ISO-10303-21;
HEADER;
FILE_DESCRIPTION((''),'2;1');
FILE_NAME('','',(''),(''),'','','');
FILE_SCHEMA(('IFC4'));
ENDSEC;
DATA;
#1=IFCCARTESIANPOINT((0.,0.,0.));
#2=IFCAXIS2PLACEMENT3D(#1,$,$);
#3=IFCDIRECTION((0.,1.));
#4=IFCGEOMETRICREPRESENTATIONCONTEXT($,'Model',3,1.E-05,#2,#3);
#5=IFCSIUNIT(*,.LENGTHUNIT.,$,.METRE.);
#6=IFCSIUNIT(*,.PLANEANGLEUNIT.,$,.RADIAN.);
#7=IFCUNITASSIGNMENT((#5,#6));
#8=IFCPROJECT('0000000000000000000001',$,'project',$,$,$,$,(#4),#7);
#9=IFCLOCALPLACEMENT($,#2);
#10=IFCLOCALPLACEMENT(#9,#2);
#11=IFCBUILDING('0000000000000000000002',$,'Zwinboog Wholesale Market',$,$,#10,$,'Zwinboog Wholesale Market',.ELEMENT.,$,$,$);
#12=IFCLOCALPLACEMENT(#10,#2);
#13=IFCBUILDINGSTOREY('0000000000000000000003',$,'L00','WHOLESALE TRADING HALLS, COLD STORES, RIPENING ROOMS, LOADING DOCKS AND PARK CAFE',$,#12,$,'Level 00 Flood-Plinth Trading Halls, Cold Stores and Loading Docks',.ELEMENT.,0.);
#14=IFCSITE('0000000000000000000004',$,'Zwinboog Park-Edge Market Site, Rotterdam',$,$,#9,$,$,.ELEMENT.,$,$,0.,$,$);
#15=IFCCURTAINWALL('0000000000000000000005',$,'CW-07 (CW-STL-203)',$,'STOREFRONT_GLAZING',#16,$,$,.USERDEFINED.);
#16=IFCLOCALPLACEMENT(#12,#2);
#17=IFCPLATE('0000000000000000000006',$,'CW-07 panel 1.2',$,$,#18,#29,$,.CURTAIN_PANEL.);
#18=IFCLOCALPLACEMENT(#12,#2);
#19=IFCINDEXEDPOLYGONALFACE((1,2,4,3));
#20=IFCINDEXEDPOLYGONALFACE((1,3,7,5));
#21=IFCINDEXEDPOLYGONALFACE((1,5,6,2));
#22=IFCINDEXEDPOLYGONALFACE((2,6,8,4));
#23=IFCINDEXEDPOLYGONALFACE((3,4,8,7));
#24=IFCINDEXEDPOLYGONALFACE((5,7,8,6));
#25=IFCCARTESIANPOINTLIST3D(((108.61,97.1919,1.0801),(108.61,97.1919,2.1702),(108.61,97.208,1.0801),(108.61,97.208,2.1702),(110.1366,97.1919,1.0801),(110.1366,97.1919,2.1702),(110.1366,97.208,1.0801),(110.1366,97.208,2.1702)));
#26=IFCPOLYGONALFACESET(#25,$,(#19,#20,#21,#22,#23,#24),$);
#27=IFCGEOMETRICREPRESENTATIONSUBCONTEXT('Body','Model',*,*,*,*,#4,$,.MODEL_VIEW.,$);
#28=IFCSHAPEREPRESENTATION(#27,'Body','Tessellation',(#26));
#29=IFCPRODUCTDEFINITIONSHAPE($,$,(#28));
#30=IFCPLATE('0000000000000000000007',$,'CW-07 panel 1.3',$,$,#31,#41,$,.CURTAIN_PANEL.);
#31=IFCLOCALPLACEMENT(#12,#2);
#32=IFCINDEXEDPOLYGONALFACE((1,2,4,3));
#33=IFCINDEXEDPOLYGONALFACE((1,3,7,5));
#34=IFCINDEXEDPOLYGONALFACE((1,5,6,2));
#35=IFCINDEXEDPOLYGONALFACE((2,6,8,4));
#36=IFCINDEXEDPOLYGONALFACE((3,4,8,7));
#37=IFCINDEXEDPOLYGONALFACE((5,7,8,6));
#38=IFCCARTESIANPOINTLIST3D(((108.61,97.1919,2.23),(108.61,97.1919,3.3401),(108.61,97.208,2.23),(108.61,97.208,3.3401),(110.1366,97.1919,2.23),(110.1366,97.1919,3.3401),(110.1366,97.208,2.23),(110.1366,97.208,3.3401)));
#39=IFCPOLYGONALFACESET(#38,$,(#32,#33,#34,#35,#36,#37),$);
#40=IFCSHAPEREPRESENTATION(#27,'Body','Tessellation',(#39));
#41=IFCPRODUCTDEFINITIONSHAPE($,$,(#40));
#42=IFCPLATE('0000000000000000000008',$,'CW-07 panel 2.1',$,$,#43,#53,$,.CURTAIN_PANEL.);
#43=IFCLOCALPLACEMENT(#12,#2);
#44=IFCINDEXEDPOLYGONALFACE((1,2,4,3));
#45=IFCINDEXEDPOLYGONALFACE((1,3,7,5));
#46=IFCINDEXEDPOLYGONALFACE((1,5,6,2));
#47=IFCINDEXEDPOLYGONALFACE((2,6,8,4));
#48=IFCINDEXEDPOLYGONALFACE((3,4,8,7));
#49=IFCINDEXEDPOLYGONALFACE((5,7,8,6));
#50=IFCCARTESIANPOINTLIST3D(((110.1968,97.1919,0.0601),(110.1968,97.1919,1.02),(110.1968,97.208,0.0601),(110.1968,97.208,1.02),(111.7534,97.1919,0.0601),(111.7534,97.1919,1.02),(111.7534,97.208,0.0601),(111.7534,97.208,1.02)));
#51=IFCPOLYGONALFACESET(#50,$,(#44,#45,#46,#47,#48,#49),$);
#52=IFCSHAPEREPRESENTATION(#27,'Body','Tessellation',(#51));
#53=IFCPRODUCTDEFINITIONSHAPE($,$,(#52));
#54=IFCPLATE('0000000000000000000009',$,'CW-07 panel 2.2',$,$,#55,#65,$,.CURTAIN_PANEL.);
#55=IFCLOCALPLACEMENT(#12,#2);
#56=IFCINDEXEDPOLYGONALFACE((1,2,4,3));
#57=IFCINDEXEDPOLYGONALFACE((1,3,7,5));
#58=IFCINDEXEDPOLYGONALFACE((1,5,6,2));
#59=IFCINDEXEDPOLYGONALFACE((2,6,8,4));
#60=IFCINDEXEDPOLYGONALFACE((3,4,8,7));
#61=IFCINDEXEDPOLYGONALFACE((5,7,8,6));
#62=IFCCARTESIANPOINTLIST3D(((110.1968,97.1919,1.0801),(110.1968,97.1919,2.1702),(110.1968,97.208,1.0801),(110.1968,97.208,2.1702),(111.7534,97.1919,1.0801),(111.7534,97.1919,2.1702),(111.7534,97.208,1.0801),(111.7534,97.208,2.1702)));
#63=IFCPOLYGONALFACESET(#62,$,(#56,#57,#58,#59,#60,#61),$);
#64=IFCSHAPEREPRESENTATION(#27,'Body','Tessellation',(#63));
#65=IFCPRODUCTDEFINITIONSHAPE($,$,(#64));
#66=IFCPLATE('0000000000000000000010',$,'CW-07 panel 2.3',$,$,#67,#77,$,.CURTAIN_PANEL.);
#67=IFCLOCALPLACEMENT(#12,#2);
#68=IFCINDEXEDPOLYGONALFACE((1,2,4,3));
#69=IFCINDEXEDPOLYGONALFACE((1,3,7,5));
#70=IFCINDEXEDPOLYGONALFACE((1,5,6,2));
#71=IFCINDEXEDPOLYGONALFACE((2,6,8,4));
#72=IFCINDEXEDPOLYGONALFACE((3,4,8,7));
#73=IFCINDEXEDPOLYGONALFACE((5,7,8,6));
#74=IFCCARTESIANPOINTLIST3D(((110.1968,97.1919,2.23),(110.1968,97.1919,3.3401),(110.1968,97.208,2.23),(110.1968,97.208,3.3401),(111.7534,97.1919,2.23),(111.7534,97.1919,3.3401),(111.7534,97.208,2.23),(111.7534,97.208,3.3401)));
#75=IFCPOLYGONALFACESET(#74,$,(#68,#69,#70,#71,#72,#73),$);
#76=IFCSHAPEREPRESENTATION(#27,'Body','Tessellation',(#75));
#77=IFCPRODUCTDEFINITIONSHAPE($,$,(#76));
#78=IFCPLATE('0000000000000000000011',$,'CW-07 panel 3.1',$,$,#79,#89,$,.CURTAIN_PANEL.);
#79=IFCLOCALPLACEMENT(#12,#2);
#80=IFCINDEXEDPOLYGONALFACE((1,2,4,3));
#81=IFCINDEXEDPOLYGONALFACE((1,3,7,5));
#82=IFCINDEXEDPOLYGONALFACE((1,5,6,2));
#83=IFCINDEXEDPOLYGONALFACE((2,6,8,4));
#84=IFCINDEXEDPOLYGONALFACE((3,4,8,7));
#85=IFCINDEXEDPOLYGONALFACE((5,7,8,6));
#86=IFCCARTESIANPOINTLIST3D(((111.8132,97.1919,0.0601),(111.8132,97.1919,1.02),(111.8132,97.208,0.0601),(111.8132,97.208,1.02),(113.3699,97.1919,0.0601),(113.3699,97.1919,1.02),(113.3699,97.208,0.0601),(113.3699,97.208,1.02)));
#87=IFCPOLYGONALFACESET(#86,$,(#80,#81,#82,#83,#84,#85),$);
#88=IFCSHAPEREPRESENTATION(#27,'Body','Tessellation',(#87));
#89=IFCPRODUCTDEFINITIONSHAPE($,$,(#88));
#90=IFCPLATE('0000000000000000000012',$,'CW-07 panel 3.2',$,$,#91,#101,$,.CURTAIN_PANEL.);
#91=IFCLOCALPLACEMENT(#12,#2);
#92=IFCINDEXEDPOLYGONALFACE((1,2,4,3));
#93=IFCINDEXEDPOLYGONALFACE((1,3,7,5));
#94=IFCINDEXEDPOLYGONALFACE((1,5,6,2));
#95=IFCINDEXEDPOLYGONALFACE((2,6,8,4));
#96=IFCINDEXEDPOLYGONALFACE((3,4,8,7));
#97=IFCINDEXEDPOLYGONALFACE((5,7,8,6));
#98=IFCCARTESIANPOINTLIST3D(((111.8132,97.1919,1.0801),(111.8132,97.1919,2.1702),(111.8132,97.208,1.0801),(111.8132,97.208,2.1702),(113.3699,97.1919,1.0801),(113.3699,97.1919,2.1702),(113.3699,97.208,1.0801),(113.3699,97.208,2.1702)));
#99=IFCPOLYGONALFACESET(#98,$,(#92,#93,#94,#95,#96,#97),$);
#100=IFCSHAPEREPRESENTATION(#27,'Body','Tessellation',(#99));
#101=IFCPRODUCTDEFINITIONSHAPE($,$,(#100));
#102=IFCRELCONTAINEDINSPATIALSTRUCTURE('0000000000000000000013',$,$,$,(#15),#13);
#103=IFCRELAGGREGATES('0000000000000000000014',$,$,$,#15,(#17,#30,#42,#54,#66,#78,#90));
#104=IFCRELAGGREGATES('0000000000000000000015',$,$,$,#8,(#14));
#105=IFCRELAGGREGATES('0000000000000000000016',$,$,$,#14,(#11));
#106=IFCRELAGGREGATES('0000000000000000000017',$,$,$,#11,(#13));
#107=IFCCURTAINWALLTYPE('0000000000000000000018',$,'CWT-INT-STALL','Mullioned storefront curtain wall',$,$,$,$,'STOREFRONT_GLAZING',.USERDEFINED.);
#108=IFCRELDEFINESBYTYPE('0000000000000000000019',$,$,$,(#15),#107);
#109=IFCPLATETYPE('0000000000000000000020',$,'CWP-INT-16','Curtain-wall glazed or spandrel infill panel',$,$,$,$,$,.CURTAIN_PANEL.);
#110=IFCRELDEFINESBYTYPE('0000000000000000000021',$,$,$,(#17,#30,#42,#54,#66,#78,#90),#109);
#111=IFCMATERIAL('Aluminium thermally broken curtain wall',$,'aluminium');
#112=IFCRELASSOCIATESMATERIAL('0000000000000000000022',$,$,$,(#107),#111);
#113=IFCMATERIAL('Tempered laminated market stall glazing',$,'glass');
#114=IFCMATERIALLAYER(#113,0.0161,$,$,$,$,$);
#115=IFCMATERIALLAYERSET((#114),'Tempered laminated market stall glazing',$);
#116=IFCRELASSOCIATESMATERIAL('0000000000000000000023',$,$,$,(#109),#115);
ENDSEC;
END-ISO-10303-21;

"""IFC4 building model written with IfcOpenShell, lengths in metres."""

from ifc_helpers import new_model, si_unit, direction, frame, origin, origin_2d, place, context, subcontext, project, spatial, rectangle, extrude, material, layer, layer_set, type_object, element, aggregate, save


model = new_model("IFC4")

# Units and contexts
model_context = context("Model", 3, precision=1e-05, world=origin(), true_north=direction((0.0, 1.0)))
body_context = subcontext(model_context, "Body", "Model", "MODEL_VIEW")
ifc_project = project(units=[si_unit("LENGTHUNIT", "METRE"), si_unit("PLANEANGLEUNIT", "RADIAN")], contexts=[model_context])

# Site, building, storey
site_placement = place(None, origin())
site = spatial("IfcSite", under=ifc_project, at=site_placement, Name="Zwinboog Park-Edge Market Site, Rotterdam", CompositionType="ELEMENT", RefElevation=0.0)
building_placement = place(site_placement, origin())
building = spatial("IfcBuilding", under=site, at=building_placement, Name="Zwinboog Wholesale Market", LongName="Zwinboog Wholesale Market", CompositionType="ELEMENT")
storey_placement = place(building_placement, origin())
storey = spatial("IfcBuildingStorey", under=building, at=storey_placement, Name="L00", Description="WHOLESALE TRADING HALLS, COLD STORES, RIPENING ROOMS, LOADING DOCKS AND PARK CAFE", LongName="Level 00 Flood-Plinth Trading Halls, Cold Stores and Loading Docks", CompositionType="ELEMENT", Elevation=0.0)

# Curtain wall, plates
ifc_material_1 = material(Name="Aluminium thermally broken curtain wall", Category="aluminium")
curtain_wall_type = type_object("IfcCurtainWallType", Name="CWT-INT-STALL", Description="Mullioned storefront curtain wall", ElementType="STOREFRONT_GLAZING", PredefinedType="USERDEFINED", material=ifc_material_1)
curtain_wall_placement = place(storey_placement, origin())
curtain_wall = element("IfcCurtainWall", 1, at=curtain_wall_placement, inside=storey, type_object=curtain_wall_type, Name="CW-07 (CW-STL-203)", ObjectType="STOREFRONT_GLAZING", PredefinedType="USERDEFINED")
ifc_material_2 = material(Name="Tempered laminated market stall glazing", Category="glass")
ifc_layer = layer(ifc_material_2, 0.0161)
ifc_layer_set = layer_set([ifc_layer], Name="Tempered laminated market stall glazing")
plate_type = type_object("IfcPlateType", Name="CWP-INT-16", Description="Curtain-wall glazed or spandrel infill panel", PredefinedType="CURTAIN_PANEL", material=ifc_layer_set)
plate_1_placement = place(storey_placement, frame((109.3733, 97.2, 1.0801), z_axis=(0.0, 0.0, 1.0), x_axis=(1.0, 0.0, 0.0)))
plate_1 = element("IfcPlate", 2, at=plate_1_placement, type_object=plate_type, Name="CW-07 panel 1.2", PredefinedType="CURTAIN_PANEL", context=body_context, shape_type="SweptSolid", body=[
    extrude(rectangle(XDim=1.5266, YDim=0.0161, at=origin_2d()), origin(), (0.0, 0.0, 1.0), 1.0901),
])
plate_2_placement = place(storey_placement, frame((109.3733, 97.2, 2.23), z_axis=(0.0, 0.0, 1.0), x_axis=(1.0, 0.0, 0.0)))
plate_2 = element("IfcPlate", 3, at=plate_2_placement, type_object=plate_type, Name="CW-07 panel 1.3", PredefinedType="CURTAIN_PANEL", context=body_context, shape_type="SweptSolid", body=[
    extrude(rectangle(XDim=1.5266, YDim=0.0161, at=origin_2d()), origin(), (0.0, 0.0, 1.0), 1.1101),
])
plate_3_placement = place(storey_placement, frame((110.9751, 97.2, 0.0601), z_axis=(0.0, 0.0, 1.0), x_axis=(1.0, 0.0, 0.0)))
plate_3 = element("IfcPlate", 4, at=plate_3_placement, type_object=plate_type, Name="CW-07 panel 2.1", PredefinedType="CURTAIN_PANEL", context=body_context, shape_type="SweptSolid", body=[
    extrude(rectangle(XDim=1.5566, YDim=0.0161, at=origin_2d()), origin(), (0.0, 0.0, 1.0), 0.96),
])
plate_4_placement = place(storey_placement, frame((110.9751, 97.2, 1.0801), z_axis=(0.0, 0.0, 1.0), x_axis=(1.0, 0.0, 0.0)))
plate_4 = element("IfcPlate", 5, at=plate_4_placement, type_object=plate_type, Name="CW-07 panel 2.2", PredefinedType="CURTAIN_PANEL", context=body_context, shape_type="SweptSolid", body=[
    extrude(rectangle(XDim=1.5566, YDim=0.0161, at=origin_2d()), origin(), (0.0, 0.0, 1.0), 1.0901),
])
plate_5_placement = place(storey_placement, frame((110.9751, 97.2, 2.23), z_axis=(0.0, 0.0, 1.0), x_axis=(1.0, 0.0, 0.0)))
plate_5 = element("IfcPlate", 6, at=plate_5_placement, type_object=plate_type, Name="CW-07 panel 2.3", PredefinedType="CURTAIN_PANEL", context=body_context, shape_type="SweptSolid", body=[
    extrude(rectangle(XDim=1.5566, YDim=0.0161, at=origin_2d()), origin(), (0.0, 0.0, 1.0), 1.1101),
])
plate_6_placement = place(storey_placement, frame((112.5916, 97.2, 0.0601), z_axis=(0.0, 0.0, 1.0), x_axis=(1.0, 0.0, 0.0)))
plate_6 = element("IfcPlate", 7, at=plate_6_placement, type_object=plate_type, Name="CW-07 panel 3.1", PredefinedType="CURTAIN_PANEL", context=body_context, shape_type="SweptSolid", body=[
    extrude(rectangle(XDim=1.5566, YDim=0.0161, at=origin_2d()), origin(), (0.0, 0.0, 1.0), 0.96),
])
plate_7_placement = place(storey_placement, frame((112.5916, 97.2, 1.0801), z_axis=(0.0, 0.0, 1.0), x_axis=(1.0, 0.0, 0.0)))
plate_7 = element("IfcPlate", 8, at=plate_7_placement, type_object=plate_type, Name="CW-07 panel 3.2", PredefinedType="CURTAIN_PANEL", context=body_context, shape_type="SweptSolid", body=[
    extrude(rectangle(XDim=1.5566, YDim=0.0161, at=origin_2d()), origin(), (0.0, 0.0, 1.0), 1.0901),
])
aggregate(curtain_wall, [plate_1, plate_2, plate_3, plate_4, plate_5, plate_6, plate_7])

save(model, "model.ifc")
